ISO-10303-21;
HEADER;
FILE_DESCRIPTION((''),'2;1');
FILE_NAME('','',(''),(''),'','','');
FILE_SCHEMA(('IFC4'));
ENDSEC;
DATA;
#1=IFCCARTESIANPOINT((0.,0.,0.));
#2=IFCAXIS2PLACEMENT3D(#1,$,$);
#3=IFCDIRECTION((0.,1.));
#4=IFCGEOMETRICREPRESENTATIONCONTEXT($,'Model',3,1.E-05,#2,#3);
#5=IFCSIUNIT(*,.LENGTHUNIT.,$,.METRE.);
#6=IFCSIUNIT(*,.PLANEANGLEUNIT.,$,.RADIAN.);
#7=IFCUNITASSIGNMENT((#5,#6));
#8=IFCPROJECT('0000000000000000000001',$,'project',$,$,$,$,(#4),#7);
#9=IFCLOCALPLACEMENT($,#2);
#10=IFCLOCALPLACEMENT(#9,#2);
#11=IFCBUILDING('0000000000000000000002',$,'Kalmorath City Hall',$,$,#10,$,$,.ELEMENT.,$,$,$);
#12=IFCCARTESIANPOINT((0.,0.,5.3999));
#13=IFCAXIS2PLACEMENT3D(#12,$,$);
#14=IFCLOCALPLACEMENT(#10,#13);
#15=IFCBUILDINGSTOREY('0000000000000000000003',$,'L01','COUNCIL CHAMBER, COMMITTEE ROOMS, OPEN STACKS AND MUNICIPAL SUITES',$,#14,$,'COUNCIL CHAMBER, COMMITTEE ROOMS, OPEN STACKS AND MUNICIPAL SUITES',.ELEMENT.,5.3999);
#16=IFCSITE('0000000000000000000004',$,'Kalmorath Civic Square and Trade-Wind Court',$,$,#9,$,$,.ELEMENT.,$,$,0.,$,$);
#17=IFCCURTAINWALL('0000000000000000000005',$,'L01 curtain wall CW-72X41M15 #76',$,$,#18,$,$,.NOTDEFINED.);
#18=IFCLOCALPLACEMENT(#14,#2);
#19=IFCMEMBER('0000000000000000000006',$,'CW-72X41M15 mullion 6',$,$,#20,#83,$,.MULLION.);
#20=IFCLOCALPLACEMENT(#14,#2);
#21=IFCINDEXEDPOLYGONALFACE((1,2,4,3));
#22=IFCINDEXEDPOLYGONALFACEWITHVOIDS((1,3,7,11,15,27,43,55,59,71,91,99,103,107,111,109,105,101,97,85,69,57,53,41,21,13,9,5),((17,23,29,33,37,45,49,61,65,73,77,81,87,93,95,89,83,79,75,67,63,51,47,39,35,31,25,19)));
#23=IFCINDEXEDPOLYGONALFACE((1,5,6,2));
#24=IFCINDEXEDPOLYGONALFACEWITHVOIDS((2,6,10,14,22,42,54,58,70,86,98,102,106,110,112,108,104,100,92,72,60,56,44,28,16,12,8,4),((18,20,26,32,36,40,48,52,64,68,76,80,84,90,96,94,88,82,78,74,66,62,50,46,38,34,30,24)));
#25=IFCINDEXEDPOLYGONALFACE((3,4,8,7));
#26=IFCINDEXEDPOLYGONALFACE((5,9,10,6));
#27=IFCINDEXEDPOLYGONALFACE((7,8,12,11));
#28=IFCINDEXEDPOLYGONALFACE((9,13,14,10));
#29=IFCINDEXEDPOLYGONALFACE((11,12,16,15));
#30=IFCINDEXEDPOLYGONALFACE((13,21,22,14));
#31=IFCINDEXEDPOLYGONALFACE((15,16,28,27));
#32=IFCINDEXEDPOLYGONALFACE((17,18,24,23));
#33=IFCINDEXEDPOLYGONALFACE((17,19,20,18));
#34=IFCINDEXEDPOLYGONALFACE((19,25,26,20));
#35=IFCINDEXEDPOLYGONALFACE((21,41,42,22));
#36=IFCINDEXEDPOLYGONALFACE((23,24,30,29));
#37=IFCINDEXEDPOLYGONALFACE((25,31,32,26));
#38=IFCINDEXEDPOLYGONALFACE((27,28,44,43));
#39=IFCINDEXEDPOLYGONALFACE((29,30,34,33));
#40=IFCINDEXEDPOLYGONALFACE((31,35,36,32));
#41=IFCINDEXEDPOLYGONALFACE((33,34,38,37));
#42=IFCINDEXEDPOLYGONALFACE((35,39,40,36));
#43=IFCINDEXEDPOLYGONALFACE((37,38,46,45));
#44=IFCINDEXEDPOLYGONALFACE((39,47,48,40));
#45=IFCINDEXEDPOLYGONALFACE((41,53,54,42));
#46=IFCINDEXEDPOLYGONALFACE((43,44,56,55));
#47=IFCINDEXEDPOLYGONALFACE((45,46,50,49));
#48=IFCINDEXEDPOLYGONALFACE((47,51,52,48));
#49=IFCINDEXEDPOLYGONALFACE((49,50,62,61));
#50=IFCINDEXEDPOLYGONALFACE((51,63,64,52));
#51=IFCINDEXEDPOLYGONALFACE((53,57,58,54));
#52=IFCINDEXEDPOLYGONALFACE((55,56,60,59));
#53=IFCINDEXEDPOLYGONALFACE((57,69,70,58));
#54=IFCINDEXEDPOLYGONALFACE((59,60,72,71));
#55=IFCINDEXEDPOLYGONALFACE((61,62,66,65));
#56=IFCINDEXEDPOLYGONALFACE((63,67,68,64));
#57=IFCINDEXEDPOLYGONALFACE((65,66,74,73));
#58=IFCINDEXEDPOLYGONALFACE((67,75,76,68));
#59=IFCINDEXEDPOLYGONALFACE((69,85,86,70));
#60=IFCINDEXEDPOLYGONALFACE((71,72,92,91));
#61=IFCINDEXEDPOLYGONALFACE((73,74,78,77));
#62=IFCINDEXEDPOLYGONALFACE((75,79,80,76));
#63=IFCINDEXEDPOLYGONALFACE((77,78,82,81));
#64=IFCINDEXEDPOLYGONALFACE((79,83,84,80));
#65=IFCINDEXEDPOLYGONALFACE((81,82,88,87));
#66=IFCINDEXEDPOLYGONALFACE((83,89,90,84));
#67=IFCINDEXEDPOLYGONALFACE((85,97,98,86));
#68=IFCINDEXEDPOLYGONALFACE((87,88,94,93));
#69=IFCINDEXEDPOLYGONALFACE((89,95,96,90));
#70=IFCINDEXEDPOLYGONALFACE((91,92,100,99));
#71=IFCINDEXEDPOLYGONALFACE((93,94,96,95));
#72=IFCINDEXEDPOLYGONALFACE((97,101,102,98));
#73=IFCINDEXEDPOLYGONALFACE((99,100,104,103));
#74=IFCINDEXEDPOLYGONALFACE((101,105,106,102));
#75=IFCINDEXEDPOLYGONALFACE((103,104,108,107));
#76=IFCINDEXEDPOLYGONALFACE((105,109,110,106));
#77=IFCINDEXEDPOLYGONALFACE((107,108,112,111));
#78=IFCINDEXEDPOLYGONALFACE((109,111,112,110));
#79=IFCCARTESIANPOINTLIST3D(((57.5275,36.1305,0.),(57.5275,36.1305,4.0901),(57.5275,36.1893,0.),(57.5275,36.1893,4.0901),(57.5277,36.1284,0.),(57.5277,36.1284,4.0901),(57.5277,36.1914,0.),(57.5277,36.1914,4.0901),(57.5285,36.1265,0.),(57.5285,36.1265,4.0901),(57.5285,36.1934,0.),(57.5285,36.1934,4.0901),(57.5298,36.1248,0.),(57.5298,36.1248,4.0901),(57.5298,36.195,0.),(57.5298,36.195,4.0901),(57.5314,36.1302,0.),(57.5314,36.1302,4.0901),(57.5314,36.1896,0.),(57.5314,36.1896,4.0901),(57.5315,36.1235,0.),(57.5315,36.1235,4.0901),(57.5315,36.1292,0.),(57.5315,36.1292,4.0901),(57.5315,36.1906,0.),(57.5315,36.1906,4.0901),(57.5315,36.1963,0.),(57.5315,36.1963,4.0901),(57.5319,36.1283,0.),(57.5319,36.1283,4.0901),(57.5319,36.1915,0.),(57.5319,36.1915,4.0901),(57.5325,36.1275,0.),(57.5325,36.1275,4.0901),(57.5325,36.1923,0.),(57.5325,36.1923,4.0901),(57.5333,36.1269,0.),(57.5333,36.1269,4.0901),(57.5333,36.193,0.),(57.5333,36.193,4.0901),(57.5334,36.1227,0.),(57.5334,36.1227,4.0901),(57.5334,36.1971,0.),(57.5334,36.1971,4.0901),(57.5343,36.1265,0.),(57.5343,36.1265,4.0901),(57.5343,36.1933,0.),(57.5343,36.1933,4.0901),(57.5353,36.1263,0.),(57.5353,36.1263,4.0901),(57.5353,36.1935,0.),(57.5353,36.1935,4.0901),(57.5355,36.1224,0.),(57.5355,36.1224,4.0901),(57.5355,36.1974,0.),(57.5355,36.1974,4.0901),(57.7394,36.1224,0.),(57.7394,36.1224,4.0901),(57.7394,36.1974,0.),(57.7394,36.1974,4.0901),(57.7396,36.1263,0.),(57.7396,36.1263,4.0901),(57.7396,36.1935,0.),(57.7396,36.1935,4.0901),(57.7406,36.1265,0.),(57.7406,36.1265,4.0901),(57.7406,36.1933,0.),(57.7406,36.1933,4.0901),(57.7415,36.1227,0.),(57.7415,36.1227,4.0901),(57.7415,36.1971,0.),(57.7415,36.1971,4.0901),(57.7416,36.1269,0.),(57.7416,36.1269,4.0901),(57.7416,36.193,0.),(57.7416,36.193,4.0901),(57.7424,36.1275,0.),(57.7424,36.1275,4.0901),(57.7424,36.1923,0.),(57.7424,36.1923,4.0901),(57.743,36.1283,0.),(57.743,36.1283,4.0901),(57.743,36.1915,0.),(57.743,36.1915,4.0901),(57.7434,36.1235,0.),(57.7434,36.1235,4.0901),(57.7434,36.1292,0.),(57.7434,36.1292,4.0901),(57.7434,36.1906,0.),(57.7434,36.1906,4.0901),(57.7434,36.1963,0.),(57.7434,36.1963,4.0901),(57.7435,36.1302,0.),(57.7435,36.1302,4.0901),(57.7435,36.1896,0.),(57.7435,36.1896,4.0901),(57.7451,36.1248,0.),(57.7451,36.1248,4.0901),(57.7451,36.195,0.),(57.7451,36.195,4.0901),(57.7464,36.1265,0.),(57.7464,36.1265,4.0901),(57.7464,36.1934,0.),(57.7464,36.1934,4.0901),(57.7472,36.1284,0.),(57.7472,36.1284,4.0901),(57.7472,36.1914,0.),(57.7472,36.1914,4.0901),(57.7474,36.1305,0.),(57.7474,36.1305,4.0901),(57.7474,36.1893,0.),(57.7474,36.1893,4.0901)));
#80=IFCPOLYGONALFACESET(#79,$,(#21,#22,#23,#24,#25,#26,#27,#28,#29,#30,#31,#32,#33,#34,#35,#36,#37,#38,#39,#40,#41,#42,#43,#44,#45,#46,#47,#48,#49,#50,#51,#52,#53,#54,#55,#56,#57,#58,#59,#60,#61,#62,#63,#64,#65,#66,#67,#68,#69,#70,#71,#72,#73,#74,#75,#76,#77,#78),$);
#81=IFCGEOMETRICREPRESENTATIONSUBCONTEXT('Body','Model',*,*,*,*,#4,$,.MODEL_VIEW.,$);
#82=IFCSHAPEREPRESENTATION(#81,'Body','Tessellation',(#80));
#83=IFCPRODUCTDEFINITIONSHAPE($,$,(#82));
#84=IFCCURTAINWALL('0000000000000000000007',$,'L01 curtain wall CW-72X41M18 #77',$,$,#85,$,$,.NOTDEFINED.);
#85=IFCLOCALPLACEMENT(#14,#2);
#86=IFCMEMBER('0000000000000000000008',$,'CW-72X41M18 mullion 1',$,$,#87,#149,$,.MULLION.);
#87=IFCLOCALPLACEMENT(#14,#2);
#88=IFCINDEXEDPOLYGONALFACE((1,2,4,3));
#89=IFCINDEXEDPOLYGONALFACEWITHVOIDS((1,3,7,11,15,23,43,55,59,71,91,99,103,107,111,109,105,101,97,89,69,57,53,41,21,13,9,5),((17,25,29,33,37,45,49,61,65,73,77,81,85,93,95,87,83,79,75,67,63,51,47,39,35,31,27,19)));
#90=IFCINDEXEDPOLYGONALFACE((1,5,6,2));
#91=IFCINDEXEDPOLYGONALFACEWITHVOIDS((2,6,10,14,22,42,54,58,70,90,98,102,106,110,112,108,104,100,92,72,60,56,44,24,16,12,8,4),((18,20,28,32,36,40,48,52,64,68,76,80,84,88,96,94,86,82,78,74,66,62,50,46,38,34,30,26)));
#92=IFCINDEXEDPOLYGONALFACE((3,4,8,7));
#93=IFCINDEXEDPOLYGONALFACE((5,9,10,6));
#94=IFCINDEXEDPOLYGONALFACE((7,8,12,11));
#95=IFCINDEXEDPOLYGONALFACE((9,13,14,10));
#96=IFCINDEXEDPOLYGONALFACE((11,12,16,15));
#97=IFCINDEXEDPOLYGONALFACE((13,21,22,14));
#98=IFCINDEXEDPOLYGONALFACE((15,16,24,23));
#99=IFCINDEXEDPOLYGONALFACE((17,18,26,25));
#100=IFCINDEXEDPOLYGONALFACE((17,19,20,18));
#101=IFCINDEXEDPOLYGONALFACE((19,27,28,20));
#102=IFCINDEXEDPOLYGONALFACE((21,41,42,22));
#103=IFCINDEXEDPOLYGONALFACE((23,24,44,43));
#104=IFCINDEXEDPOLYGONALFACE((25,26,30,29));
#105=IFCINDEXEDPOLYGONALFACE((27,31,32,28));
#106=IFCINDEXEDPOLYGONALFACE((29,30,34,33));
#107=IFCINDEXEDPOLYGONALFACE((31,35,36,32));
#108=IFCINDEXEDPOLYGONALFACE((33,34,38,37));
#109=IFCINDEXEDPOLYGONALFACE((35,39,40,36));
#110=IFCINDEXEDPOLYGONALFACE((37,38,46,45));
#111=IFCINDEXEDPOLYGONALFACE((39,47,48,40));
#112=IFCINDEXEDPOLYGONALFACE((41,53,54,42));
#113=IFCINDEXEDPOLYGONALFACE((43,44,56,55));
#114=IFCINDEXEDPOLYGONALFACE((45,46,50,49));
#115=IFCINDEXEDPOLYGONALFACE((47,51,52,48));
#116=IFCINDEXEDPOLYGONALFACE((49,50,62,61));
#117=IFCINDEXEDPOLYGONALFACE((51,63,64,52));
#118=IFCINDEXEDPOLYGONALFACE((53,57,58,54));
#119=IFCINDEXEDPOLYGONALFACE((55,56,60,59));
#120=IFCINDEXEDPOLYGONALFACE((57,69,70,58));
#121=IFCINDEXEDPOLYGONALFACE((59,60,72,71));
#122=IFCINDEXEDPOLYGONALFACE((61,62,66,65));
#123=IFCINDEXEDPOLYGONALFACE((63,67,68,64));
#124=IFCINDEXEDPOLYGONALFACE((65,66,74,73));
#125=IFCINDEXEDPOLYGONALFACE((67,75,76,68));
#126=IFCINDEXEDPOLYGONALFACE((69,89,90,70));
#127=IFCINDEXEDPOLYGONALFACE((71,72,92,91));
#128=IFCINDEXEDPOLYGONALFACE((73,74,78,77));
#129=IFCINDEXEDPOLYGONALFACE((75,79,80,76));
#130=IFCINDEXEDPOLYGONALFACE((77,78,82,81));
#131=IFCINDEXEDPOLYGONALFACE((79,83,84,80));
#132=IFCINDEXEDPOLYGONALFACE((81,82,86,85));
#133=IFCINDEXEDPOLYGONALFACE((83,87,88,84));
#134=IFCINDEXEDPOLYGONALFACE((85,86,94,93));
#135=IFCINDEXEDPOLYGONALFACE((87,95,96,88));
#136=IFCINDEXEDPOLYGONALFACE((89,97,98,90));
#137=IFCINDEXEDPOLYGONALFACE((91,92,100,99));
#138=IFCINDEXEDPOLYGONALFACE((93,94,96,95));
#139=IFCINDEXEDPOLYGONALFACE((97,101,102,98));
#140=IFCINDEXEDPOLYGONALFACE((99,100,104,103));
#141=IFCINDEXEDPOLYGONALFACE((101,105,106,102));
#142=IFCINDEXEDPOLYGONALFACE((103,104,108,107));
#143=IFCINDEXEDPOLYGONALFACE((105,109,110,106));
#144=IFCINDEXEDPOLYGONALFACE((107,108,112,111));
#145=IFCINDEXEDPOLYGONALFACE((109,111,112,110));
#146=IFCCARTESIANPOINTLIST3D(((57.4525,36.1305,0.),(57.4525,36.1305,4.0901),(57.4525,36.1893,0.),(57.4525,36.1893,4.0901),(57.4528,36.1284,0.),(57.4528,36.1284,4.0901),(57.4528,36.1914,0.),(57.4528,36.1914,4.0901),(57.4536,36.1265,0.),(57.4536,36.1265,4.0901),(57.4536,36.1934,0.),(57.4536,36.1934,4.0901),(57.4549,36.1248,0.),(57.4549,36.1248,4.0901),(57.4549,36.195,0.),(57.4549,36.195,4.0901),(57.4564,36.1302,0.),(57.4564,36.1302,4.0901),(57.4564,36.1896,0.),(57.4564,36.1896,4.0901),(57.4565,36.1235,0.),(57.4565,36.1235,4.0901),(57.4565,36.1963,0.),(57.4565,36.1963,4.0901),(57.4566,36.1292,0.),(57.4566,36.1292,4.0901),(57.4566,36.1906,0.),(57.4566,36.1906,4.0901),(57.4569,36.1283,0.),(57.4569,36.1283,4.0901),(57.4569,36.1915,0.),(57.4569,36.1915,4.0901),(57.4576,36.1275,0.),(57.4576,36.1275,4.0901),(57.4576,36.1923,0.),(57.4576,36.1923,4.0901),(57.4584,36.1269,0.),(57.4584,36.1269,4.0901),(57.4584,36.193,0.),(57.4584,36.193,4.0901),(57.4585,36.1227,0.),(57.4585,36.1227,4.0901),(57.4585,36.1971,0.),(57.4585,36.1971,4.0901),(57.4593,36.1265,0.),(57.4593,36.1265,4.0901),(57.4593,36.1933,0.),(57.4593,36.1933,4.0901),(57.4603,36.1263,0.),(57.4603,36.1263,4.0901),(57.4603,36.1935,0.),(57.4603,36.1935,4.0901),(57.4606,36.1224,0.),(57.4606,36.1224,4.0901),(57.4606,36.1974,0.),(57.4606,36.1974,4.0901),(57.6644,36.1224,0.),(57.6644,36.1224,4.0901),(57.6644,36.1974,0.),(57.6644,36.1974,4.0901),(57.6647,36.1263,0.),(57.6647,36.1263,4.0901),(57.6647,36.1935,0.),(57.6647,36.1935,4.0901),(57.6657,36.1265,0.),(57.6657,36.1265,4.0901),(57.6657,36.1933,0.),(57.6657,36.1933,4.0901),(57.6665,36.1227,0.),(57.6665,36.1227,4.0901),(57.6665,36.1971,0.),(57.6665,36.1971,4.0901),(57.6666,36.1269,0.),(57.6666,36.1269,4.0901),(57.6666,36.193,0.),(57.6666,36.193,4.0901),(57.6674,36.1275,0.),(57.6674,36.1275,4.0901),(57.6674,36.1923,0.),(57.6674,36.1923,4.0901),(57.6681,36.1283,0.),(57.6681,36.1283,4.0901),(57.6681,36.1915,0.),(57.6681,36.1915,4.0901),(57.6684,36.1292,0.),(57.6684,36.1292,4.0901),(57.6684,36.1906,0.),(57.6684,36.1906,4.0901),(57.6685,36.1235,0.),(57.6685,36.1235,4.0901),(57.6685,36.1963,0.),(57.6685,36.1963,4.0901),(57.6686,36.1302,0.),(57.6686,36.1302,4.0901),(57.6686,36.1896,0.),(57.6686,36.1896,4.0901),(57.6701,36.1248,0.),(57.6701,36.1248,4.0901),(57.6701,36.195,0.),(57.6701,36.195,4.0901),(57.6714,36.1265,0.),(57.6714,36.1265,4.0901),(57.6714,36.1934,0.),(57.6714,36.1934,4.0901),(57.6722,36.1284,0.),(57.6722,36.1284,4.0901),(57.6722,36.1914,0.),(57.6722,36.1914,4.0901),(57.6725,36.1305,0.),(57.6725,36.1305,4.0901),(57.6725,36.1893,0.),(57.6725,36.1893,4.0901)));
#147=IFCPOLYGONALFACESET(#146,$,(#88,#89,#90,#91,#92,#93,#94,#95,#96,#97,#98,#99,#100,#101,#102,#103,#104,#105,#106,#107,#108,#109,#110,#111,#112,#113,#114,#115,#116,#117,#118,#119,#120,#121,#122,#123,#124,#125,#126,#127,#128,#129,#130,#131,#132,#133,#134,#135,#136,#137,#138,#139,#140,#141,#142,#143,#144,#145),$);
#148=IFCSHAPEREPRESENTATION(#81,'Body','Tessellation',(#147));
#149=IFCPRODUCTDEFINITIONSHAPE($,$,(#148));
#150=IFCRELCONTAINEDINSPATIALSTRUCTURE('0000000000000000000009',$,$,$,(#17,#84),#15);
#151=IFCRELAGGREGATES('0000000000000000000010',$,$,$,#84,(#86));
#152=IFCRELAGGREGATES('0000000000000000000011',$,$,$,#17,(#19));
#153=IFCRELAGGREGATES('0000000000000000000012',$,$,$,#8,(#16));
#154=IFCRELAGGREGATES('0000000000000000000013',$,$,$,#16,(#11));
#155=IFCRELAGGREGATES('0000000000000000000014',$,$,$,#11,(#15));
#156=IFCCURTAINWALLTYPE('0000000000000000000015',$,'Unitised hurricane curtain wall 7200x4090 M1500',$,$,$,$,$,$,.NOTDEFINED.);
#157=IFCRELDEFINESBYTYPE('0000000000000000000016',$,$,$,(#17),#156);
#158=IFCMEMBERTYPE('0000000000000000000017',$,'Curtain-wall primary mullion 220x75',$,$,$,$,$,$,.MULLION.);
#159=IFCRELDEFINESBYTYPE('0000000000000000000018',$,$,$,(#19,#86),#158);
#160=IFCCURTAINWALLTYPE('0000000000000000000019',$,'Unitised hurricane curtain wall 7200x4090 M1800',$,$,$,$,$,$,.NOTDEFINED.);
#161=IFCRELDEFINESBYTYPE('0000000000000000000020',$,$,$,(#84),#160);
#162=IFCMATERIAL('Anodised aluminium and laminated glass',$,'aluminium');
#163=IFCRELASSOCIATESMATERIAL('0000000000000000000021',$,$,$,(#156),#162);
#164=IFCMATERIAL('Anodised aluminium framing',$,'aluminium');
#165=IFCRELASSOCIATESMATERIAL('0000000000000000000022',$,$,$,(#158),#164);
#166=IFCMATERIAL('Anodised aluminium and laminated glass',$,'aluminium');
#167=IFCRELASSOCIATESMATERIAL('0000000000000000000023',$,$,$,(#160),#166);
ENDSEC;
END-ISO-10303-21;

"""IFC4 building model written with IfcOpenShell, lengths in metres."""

from ifc_helpers import new_model, si_unit, direction, frame, origin, origin_2d, place, context, subcontext, project, spatial, hollow_rectangle, extrude, material, material_profile, profile_set, type_object, element, aggregate, save


model = new_model("IFC4")

# Units and contexts
model_context = context("Model", 3, precision=1e-05, world=origin(), true_north=direction((0.0, 1.0)))
body_context = subcontext(model_context, "Body", "Model", "MODEL_VIEW")
ifc_project = project(units=[si_unit("LENGTHUNIT", "METRE"), si_unit("PLANEANGLEUNIT", "RADIAN")], contexts=[model_context])

# Site, building, storey
site_placement = place(None, origin())
site = spatial("IfcSite", under=ifc_project, at=site_placement, Name="Kalmorath Civic Square and Trade-Wind Court", CompositionType="ELEMENT", RefElevation=0.0)
building_placement = place(site_placement, origin())
building = spatial("IfcBuilding", under=site, at=building_placement, Name="Kalmorath City Hall", CompositionType="ELEMENT")
storey_placement = place(building_placement, frame((0.0, 0.0, 5.3999)))
storey = spatial("IfcBuildingStorey", under=building, at=storey_placement, Name="L01", Description="COUNCIL CHAMBER, COMMITTEE ROOMS, OPEN STACKS AND MUNICIPAL SUITES", LongName="COUNCIL CHAMBER, COMMITTEE ROOMS, OPEN STACKS AND MUNICIPAL SUITES", CompositionType="ELEMENT", Elevation=5.3999)

# Curtain walls, members
ifc_material_1 = material(Name="Anodised aluminium and laminated glass", Category="aluminium")
curtain_wall_type_1 = type_object("IfcCurtainWallType", Name="Unitised hurricane curtain wall 7200x4090 M1500", PredefinedType="NOTDEFINED", material=ifc_material_1)
curtain_wall_1_placement = place(storey_placement, origin())
curtain_wall_1 = element("IfcCurtainWall", 1, at=curtain_wall_1_placement, inside=storey, type_object=curtain_wall_type_1, Name="L01 curtain wall CW-72X41M15 #76", PredefinedType="NOTDEFINED")
ifc_material_2 = material(Name="Anodised aluminium framing", Category="aluminium")
ifc_material_profile_1 = material_profile(ifc_material_2, hollow_rectangle(XDim=0.075, YDim=0.22, WallThickness=0.0039, InnerFilletRadius=0.0039, OuterFilletRadius=0.0081, at=origin_2d()), Name="ALU-MUL-220X75X4")
ifc_profile_set_1 = profile_set([ifc_material_profile_1], Name="Anodised aluminium framing")
member_type_1 = type_object("IfcMemberType", Name="Curtain-wall primary mullion 220x75", PredefinedType="MULLION", material=ifc_profile_set_1)
member_1_placement = place(storey_placement, frame((57.6375, 36.1599, 0.0), z_axis=(0.0, 0.0, 1.0), x_axis=(0.0, -1.0, 0.0)))
member_1 = element("IfcMember", 2, at=member_1_placement, type_object=member_type_1, Name="CW-72X41M15 mullion 6", PredefinedType="MULLION", context=body_context, shape_type="SweptSolid", body=[
    extrude(hollow_rectangle(XDim=0.075, YDim=0.22, WallThickness=0.0039, InnerFilletRadius=0.0039, OuterFilletRadius=0.0081, at=origin_2d()), origin(), (0.0, 0.0, 1.0), 4.0901),
])
ifc_material_3 = material(Name="Anodised aluminium and laminated glass", Category="aluminium")
curtain_wall_type_2 = type_object("IfcCurtainWallType", Name="Unitised hurricane curtain wall 7200x4090 M1800", PredefinedType="NOTDEFINED", material=ifc_material_3)
curtain_wall_2_placement = place(storey_placement, origin())
curtain_wall_2 = element("IfcCurtainWall", 3, at=curtain_wall_2_placement, inside=storey, type_object=curtain_wall_type_2, Name="L01 curtain wall CW-72X41M18 #77", PredefinedType="NOTDEFINED")
member_2_placement = place(storey_placement, frame((57.5625, 36.1599, 0.0), z_axis=(0.0, 0.0, 1.0), x_axis=(0.0, -1.0, 0.0)))
member_2 = element("IfcMember", 4, at=member_2_placement, type_object=member_type_1, Name="CW-72X41M18 mullion 1", PredefinedType="MULLION", context=body_context, shape_type="SweptSolid", body=[
    extrude(hollow_rectangle(XDim=0.075, YDim=0.22, WallThickness=0.0039, InnerFilletRadius=0.0039, OuterFilletRadius=0.0081, at=origin_2d()), origin(), (0.0, 0.0, 1.0), 4.0901),
])

aggregate(curtain_wall_2, [member_2])

aggregate(curtain_wall_1, [member_1])

save(model, "model.ifc")
